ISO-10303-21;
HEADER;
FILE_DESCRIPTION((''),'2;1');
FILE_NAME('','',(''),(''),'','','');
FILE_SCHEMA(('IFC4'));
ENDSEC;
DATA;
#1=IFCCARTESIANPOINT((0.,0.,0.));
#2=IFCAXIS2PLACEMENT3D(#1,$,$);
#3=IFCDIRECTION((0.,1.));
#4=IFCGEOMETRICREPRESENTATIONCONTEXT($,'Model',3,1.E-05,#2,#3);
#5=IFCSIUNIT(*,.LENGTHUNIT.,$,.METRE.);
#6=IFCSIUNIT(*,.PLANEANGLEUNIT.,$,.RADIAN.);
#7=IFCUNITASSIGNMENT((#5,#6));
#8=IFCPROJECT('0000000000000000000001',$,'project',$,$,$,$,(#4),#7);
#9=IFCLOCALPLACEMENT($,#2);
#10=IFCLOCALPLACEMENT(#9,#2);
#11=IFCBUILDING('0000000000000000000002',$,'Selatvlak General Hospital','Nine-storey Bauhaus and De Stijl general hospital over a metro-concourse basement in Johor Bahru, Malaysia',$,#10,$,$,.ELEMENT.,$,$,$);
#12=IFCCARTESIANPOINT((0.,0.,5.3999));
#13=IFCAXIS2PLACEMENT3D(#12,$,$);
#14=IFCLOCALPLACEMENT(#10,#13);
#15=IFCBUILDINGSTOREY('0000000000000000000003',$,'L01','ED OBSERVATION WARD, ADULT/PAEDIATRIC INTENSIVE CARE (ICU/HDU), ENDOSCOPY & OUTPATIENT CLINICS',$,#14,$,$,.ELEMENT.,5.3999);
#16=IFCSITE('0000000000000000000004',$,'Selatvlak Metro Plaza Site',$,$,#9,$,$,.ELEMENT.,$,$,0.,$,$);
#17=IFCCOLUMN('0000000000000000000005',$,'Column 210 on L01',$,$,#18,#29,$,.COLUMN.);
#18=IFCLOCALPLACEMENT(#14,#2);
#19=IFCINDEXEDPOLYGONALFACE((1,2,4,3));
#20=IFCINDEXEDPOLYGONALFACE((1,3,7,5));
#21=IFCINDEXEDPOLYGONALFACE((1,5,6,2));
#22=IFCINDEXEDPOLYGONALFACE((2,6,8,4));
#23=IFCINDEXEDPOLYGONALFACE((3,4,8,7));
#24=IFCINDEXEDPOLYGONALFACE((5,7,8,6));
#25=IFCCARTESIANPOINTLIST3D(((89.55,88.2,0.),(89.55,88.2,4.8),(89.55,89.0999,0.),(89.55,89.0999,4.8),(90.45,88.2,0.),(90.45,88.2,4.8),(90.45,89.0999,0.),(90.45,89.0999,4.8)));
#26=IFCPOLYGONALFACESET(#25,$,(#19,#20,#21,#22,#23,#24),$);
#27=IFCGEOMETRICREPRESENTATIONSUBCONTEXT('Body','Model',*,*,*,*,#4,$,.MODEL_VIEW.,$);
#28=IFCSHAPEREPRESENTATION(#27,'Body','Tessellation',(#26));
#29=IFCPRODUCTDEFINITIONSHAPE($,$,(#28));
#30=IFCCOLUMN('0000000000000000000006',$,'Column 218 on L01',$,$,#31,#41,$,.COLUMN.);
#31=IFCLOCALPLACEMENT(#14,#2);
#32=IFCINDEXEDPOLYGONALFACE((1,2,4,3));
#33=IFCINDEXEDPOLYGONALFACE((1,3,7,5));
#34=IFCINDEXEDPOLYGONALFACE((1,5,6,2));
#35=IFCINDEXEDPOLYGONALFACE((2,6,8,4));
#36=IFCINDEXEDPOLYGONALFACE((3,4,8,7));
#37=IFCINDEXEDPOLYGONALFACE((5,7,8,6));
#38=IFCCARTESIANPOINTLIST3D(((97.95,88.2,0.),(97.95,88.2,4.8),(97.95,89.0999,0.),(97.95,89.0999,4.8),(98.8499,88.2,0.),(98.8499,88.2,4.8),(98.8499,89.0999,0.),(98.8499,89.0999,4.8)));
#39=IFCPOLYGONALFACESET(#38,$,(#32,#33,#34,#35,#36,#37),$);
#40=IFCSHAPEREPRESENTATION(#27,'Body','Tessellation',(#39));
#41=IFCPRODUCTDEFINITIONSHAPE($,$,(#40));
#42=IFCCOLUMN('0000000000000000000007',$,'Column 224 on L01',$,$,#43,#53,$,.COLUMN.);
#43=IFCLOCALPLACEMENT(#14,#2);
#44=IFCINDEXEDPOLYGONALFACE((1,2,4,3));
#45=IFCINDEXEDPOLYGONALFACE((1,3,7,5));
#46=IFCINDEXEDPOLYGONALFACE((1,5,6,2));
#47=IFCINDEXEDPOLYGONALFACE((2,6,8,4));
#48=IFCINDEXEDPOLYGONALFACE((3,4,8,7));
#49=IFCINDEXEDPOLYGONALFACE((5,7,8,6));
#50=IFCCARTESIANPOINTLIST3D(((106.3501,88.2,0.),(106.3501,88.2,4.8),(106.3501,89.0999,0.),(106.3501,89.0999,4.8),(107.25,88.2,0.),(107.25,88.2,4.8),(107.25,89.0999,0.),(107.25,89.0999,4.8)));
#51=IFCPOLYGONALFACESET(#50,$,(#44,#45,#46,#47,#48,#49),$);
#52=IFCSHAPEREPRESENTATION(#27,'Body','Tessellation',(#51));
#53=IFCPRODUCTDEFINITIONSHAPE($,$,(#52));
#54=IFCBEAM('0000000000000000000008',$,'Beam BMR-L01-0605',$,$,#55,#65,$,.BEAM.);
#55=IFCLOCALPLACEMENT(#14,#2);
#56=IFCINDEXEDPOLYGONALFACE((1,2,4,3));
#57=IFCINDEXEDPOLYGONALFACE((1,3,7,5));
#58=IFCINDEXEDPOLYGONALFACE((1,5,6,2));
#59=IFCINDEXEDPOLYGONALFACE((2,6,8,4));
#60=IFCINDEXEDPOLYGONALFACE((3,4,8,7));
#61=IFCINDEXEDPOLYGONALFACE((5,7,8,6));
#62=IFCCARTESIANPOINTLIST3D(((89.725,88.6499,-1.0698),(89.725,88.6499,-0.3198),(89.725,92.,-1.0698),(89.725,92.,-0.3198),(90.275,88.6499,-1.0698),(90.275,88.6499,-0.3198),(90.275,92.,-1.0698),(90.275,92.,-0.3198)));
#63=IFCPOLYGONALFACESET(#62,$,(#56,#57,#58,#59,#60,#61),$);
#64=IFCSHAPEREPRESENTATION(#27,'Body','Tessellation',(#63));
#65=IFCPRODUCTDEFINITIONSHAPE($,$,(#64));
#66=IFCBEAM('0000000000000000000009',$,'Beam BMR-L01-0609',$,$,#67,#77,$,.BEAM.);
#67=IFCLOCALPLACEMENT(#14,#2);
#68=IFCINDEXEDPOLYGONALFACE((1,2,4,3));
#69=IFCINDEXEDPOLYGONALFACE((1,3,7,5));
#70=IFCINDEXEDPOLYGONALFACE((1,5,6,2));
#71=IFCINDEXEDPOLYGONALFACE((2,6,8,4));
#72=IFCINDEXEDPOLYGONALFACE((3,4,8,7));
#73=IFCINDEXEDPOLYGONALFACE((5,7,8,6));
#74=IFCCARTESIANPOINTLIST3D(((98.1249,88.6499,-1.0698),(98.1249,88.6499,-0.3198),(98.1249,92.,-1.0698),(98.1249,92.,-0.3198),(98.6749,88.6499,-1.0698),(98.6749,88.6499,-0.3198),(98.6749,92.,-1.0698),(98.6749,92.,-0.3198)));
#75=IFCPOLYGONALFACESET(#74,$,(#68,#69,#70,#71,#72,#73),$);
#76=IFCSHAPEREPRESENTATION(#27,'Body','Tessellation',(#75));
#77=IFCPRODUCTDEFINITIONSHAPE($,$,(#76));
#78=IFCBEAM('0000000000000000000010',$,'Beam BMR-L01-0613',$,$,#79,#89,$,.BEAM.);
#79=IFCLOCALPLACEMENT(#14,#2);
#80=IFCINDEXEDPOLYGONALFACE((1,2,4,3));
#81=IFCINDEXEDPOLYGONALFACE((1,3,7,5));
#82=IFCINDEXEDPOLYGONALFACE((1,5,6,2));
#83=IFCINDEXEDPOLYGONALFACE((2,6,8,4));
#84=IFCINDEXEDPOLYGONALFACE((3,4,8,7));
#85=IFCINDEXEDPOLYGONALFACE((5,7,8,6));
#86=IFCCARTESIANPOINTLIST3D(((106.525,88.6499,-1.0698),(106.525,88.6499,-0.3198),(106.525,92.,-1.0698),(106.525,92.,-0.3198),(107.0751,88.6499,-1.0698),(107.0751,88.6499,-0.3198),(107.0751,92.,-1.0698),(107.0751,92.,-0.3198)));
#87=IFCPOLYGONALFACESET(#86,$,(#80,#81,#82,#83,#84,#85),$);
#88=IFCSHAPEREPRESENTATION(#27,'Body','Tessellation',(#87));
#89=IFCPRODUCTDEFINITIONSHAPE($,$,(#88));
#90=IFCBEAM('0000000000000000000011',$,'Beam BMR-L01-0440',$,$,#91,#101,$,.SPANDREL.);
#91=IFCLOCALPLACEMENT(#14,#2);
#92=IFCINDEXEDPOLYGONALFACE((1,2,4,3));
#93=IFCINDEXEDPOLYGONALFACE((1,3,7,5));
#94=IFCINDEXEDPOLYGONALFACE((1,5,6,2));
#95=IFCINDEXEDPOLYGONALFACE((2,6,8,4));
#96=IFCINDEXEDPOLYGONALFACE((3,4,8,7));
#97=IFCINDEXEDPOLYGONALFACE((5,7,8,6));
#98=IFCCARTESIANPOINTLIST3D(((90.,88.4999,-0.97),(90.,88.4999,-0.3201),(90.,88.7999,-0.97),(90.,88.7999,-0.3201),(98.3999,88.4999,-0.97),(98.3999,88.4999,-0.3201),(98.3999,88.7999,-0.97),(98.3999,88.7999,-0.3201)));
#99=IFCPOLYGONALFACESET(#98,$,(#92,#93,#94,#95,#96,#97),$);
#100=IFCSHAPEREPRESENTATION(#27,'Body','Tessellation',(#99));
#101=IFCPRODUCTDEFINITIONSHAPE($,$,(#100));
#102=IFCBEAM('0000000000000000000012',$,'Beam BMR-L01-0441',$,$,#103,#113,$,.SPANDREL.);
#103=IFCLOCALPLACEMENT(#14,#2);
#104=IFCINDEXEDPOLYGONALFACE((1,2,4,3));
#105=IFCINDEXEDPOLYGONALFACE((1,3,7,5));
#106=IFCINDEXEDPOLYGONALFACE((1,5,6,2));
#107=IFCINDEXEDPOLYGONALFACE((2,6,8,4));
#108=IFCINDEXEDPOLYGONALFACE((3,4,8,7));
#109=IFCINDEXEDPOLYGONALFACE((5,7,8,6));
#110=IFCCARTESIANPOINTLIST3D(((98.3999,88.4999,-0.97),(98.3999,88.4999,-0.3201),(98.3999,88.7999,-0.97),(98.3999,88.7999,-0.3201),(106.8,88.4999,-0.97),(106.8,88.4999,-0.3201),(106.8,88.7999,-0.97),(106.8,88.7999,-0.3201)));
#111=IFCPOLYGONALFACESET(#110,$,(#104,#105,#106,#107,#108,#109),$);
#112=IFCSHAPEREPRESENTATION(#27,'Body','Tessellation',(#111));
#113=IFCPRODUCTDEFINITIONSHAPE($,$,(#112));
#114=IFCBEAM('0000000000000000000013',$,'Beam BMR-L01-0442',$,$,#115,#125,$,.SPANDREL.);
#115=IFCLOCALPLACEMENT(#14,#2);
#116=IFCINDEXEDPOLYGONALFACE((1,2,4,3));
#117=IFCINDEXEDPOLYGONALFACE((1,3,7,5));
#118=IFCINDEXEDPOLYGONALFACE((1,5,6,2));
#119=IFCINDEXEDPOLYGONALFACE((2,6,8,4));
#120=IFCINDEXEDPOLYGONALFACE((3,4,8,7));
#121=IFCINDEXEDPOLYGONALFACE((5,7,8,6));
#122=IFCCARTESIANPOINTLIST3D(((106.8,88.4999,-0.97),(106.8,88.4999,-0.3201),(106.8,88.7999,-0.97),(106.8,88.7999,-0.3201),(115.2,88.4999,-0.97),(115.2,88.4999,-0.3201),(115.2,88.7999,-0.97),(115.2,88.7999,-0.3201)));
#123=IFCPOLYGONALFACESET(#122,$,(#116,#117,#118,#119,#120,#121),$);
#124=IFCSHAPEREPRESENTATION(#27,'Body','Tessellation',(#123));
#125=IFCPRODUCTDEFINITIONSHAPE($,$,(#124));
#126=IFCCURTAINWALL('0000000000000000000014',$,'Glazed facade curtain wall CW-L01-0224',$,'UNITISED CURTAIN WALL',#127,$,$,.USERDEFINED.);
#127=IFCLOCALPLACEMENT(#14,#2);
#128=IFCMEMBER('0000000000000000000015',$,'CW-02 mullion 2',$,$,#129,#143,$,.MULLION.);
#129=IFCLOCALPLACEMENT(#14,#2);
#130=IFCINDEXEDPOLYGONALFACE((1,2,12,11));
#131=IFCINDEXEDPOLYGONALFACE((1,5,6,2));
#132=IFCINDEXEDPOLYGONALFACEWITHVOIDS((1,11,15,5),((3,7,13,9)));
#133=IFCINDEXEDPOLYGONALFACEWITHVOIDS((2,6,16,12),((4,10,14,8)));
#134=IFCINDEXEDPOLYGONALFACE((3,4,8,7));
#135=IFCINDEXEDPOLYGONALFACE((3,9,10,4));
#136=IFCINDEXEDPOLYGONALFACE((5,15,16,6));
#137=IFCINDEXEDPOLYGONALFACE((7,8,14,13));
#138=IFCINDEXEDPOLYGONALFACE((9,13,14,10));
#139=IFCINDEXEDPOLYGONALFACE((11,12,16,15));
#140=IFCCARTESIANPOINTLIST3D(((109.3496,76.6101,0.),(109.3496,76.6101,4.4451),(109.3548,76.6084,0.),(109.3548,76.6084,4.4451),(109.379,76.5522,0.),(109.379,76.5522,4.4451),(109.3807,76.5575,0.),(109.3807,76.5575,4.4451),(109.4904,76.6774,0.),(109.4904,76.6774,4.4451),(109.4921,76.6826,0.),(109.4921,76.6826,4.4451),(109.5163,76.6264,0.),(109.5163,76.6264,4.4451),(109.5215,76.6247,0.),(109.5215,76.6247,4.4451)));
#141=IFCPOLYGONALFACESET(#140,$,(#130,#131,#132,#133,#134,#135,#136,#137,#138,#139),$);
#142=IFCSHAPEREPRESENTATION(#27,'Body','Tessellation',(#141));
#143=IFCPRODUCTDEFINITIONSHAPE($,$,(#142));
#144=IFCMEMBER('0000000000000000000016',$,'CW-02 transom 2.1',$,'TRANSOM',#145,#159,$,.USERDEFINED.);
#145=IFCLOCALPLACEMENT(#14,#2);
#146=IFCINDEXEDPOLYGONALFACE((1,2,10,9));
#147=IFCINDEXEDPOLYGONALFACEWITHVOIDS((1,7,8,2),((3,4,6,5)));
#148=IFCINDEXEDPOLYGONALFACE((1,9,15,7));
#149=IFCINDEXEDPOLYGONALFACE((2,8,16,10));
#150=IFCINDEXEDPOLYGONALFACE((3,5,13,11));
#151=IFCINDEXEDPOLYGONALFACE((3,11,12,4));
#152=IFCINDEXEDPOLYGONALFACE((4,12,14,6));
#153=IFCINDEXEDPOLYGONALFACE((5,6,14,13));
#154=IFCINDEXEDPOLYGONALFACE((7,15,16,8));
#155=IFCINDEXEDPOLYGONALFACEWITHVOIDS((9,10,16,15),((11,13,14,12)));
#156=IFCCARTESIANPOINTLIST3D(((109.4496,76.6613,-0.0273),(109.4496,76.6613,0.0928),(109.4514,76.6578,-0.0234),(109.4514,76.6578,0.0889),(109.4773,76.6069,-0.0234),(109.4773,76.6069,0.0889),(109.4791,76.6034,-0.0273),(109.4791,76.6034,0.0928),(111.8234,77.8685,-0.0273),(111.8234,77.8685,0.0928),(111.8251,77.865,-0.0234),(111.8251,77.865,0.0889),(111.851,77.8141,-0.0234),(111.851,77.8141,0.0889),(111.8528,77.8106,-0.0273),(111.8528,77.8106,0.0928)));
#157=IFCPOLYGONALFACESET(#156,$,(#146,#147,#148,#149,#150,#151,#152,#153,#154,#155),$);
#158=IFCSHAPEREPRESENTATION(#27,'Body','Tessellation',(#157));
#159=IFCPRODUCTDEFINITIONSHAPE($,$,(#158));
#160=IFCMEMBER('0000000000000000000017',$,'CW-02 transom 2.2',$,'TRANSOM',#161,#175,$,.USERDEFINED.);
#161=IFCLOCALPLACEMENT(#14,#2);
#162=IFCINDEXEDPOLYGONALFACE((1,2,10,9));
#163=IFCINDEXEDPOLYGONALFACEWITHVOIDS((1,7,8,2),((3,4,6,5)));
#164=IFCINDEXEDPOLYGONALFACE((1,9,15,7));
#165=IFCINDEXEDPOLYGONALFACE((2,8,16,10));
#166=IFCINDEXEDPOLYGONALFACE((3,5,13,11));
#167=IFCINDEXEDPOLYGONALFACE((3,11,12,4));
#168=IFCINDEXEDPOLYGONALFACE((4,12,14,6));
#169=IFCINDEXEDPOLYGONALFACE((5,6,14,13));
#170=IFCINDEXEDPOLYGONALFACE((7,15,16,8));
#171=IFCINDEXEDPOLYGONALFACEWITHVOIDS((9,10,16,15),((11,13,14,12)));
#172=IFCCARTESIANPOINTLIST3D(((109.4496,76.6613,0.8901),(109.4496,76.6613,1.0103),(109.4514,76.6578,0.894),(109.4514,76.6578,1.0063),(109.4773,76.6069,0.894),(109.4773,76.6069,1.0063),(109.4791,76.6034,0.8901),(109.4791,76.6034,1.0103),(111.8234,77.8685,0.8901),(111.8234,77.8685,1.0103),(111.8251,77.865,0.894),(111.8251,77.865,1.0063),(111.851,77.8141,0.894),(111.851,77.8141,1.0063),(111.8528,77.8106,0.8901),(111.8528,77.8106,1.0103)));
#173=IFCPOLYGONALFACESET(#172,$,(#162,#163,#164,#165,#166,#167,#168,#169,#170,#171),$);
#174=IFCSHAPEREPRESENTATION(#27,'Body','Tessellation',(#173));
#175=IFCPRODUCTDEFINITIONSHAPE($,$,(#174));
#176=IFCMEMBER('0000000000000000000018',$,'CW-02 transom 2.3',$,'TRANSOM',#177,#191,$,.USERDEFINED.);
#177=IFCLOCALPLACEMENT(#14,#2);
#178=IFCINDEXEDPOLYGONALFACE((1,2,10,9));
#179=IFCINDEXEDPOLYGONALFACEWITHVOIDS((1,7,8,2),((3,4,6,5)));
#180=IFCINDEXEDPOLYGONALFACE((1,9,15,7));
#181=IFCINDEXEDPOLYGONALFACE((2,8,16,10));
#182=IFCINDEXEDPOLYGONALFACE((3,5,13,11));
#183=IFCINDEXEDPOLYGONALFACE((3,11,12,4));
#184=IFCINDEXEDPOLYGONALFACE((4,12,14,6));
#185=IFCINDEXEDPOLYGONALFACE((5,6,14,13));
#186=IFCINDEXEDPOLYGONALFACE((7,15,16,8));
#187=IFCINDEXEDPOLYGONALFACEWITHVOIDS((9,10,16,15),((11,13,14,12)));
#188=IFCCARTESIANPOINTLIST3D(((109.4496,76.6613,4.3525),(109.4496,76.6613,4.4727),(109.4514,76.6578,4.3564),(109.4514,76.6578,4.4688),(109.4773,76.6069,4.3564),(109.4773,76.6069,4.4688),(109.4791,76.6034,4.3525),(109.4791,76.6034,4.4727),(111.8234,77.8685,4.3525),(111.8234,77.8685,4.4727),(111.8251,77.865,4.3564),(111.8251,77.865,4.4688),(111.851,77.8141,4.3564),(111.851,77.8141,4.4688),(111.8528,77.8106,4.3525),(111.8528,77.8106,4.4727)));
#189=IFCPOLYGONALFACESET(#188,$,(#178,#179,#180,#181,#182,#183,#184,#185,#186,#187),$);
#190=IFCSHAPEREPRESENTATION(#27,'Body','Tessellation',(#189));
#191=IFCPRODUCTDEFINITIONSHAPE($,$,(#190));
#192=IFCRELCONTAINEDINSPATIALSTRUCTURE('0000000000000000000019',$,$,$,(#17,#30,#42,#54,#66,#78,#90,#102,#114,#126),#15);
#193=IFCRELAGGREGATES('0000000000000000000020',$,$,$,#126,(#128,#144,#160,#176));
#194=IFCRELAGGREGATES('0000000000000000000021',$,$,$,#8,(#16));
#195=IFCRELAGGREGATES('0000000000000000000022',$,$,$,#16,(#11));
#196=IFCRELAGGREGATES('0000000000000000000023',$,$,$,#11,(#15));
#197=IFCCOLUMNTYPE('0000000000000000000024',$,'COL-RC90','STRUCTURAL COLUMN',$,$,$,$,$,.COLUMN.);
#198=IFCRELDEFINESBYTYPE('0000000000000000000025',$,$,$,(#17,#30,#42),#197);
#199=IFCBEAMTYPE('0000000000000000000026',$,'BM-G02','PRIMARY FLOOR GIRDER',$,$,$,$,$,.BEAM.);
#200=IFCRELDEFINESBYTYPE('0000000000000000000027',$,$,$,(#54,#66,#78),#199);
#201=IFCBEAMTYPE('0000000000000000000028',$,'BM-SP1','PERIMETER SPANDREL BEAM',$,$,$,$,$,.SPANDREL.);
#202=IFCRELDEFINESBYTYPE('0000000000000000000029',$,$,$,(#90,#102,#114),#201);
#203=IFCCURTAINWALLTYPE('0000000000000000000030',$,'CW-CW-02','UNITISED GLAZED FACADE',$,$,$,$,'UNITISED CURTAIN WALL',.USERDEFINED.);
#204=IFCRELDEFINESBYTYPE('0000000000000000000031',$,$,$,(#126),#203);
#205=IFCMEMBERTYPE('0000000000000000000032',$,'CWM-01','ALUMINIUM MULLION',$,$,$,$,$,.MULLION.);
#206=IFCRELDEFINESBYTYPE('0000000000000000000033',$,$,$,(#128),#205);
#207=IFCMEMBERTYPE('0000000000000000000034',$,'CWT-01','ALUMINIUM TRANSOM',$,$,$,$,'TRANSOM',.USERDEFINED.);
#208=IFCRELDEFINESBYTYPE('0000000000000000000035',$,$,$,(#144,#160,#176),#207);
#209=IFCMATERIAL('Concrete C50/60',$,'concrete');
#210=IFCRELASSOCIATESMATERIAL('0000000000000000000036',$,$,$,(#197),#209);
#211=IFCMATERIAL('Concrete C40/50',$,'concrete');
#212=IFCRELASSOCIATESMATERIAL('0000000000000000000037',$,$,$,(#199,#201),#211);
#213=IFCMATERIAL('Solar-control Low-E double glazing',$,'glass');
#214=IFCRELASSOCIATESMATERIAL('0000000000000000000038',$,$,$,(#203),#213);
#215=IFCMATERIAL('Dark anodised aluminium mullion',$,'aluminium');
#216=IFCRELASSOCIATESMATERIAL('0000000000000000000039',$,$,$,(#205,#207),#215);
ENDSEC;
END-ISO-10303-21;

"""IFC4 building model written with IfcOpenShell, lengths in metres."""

from ifc_helpers import new_model, si_unit, direction, frame, origin, origin_2d, place, context, subcontext, project, spatial, rectangle, hollow_rectangle, extrude, material, material_profile, profile_set, type_object, element, aggregate, save


model = new_model("IFC4")

# Units and contexts
model_context = context("Model", 3, precision=1e-05, world=origin(), true_north=direction((0.0, 1.0)))
body_context = subcontext(model_context, "Body", "Model", "MODEL_VIEW")
ifc_project = project(units=[si_unit("LENGTHUNIT", "METRE"), si_unit("PLANEANGLEUNIT", "RADIAN")], contexts=[model_context])

# Site, building, storey
site_placement = place(None, origin())
site = spatial("IfcSite", under=ifc_project, at=site_placement, Name="Selatvlak Metro Plaza Site", CompositionType="ELEMENT", RefElevation=0.0)
building_placement = place(site_placement, origin())
building = spatial("IfcBuilding", under=site, at=building_placement, Name="Selatvlak General Hospital", Description="Nine-storey Bauhaus and De Stijl general hospital over a metro-concourse basement in Johor Bahru, Malaysia", CompositionType="ELEMENT")
storey_placement = place(building_placement, frame((0.0, 0.0, 5.3999)))
storey = spatial("IfcBuildingStorey", under=building, at=storey_placement, Name="L01", Description="ED OBSERVATION WARD, ADULT/PAEDIATRIC INTENSIVE CARE (ICU/HDU), ENDOSCOPY & OUTPATIENT CLINICS", CompositionType="ELEMENT", Elevation=5.3999)

# Columns
ifc_material_1 = material(Name="Concrete C50/60", Category="concrete")
ifc_material_profile_1 = material_profile(ifc_material_1, rectangle(XDim=0.8999, YDim=0.8999, at=origin_2d()), Name="RC-COL 900x900")
ifc_profile_set_1 = profile_set([ifc_material_profile_1], Name="Concrete C50/60")
column_type = type_object("IfcColumnType", Name="COL-RC90", Description="STRUCTURAL COLUMN", PredefinedType="COLUMN", material=ifc_profile_set_1)
for number, where, z_axis, x_axis, name in (
    (1, (90.0, 88.6499, 0.0), (0.0, 0.0, 1.0), (1.0, 0.0, 0.0), "Column 210 on L01"),
    (2, (98.3999, 88.6499, 0.0), (0.0, 0.0, 1.0), (1.0, 0.0, 0.0), "Column 218 on L01"),
    (3, (106.8, 88.6499, 0.0), (0.0, 0.0, 1.0), (1.0, 0.0, 0.0), "Column 224 on L01"),
):
    element("IfcColumn", number, at=place(storey_placement, frame(where, z_axis=z_axis, x_axis=x_axis)), inside=storey, type_object=column_type, Name=name, PredefinedType="COLUMN", context=body_context, shape_type="SweptSolid", body=[
        extrude(rectangle(XDim=0.8999, YDim=0.8999, at=origin_2d()), origin(), (0.0, 0.0, 1.0), 4.8),
    ])

# Beams
ifc_material_2 = material(Name="Concrete C40/50", Category="concrete")
ifc_material_profile_2 = material_profile(ifc_material_2, rectangle(XDim=0.55, YDim=0.75, at=origin_2d()), Name="RC-BM 550x750")
ifc_profile_set_2 = profile_set([ifc_material_profile_2], Name="Concrete C40/50")
beam_type_1 = type_object("IfcBeamType", Name="BM-G02", Description="PRIMARY FLOOR GIRDER", PredefinedType="BEAM", material=ifc_profile_set_2)
for number, where, z_axis, x_axis, name in (
    (4, (90.0, 88.6499, -0.6948), (0.0, 1.0, 0.0), (-1.0, 0.0, 0.0), "Beam BMR-L01-0605"),
    (5, (98.3999, 88.6499, -0.6948), (0.0, 1.0, 0.0), (-1.0, 0.0, 0.0), "Beam BMR-L01-0609"),
    (6, (106.8, 88.6499, -0.6948), (0.0, 1.0, 0.0), (-1.0, 0.0, 0.0), "Beam BMR-L01-0613"),
):
    element("IfcBeam", number, at=place(storey_placement, frame(where, z_axis=z_axis, x_axis=x_axis)), inside=storey, type_object=beam_type_1, Name=name, PredefinedType="BEAM", context=body_context, shape_type="SweptSolid", body=[
        extrude(rectangle(XDim=0.55, YDim=0.75, at=origin_2d()), origin(), (0.0, 0.0, 1.0), 3.3501),
    ])
ifc_material_profile_3 = material_profile(ifc_material_2, rectangle(XDim=0.3, YDim=0.6499, at=origin_2d()), Name="RC-SP 300x650")
ifc_profile_set_3 = profile_set([ifc_material_profile_3], Name="Concrete C40/50")
beam_type_2 = type_object("IfcBeamType", Name="BM-SP1", Description="PERIMETER SPANDREL BEAM", PredefinedType="SPANDREL", material=ifc_profile_set_3)
beam_1_placement = place(storey_placement, frame((90.0, 88.6499, -0.645), z_axis=(1.0, 0.0, 0.0), x_axis=(0.0, 1.0, 0.0)))
element("IfcBeam", 7, at=beam_1_placement, inside=storey, type_object=beam_type_2, Name="Beam BMR-L01-0440", PredefinedType="SPANDREL", context=body_context, shape_type="SweptSolid", body=[
    extrude(rectangle(XDim=0.3, YDim=0.6499, at=origin_2d()), origin(), (0.0, 0.0, 1.0), 8.3999),
])
beam_2_placement = place(storey_placement, frame((98.3999, 88.6499, -0.645), z_axis=(1.0, 0.0, 0.0), x_axis=(0.0, 1.0, 0.0)))
element("IfcBeam", 8, at=beam_2_placement, inside=storey, type_object=beam_type_2, Name="Beam BMR-L01-0441", PredefinedType="SPANDREL", context=body_context, shape_type="SweptSolid", body=[
    extrude(rectangle(XDim=0.3, YDim=0.6499, at=origin_2d()), origin(), (0.0, 0.0, 1.0), 8.4001),
])
beam_3_placement = place(storey_placement, frame((106.8, 88.6499, -0.645), z_axis=(1.0, 0.0, 0.0), x_axis=(0.0, 1.0, 0.0)))
element("IfcBeam", 9, at=beam_3_placement, inside=storey, type_object=beam_type_2, Name="Beam BMR-L01-0442", PredefinedType="SPANDREL", context=body_context, shape_type="SweptSolid", body=[
    extrude(rectangle(XDim=0.3, YDim=0.6499, at=origin_2d()), origin(), (0.0, 0.0, 1.0), 8.3999),
])

# Curtain wall, members
ifc_material_3 = material(Name="Solar-control Low-E double glazing", Category="glass")
curtain_wall_type = type_object("IfcCurtainWallType", Name="CW-CW-02", Description="UNITISED GLAZED FACADE", ElementType="UNITISED CURTAIN WALL", PredefinedType="USERDEFINED", material=ifc_material_3)
curtain_wall_placement = place(storey_placement, origin())
curtain_wall = element("IfcCurtainWall", 10, at=curtain_wall_placement, inside=storey, type_object=curtain_wall_type, Name="Glazed facade curtain wall CW-L01-0224", ObjectType="UNITISED CURTAIN WALL", PredefinedType="USERDEFINED")
ifc_material_4 = material(Name="Dark anodised aluminium mullion", Category="aluminium")
ifc_material_profile_4 = material_profile(ifc_material_4, hollow_rectangle(XDim=0.0649, YDim=0.1599, WallThickness=0.0039, at=origin_2d()), Name="AL-MUL 65x160x4")
ifc_profile_set_4 = profile_set([ifc_material_profile_4], Name="Dark anodised aluminium mullion")
member_type_1 = type_object("IfcMemberType", Name="CWM-01", Description="ALUMINIUM MULLION", PredefinedType="MULLION", material=ifc_profile_set_4)
member_1_placement = place(storey_placement, frame((109.4355, 76.6174, 0.0), z_axis=(0.0, 0.0, 1.0), x_axis=(-0.453361, 0.891327, 0.0)))
member_1 = element("IfcMember", 11, at=member_1_placement, type_object=member_type_1, Name="CW-02 mullion 2", PredefinedType="MULLION", context=body_context, shape_type="SweptSolid", body=[
    extrude(hollow_rectangle(XDim=0.0649, YDim=0.1599, WallThickness=0.0039, at=origin_2d()), origin(), (0.0, 0.0, 1.0), 4.4451),
])
ifc_material_profile_5 = material_profile(ifc_material_4, hollow_rectangle(XDim=0.0649, YDim=0.1201, WallThickness=0.0039, at=origin_2d()), Name="AL-TRN 65x120x4")
ifc_profile_set_5 = profile_set([ifc_material_profile_5], Name="Dark anodised aluminium mullion")
member_type_2 = type_object("IfcMemberType", Name="CWT-01", Description="ALUMINIUM TRANSOM", ElementType="TRANSOM", PredefinedType="USERDEFINED", material=ifc_profile_set_5)
member_2_placement = place(storey_placement, frame((109.4644, 76.6323, 0.0327), z_axis=(0.891344, 0.453327, 0.0), x_axis=(-0.453327, 0.891344, 0.0)))
member_2 = element("IfcMember", 12, at=member_2_placement, type_object=member_type_2, Name="CW-02 transom 2.1", ObjectType="TRANSOM", PredefinedType="USERDEFINED", context=body_context, shape_type="SweptSolid", body=[
    extrude(hollow_rectangle(XDim=0.0649, YDim=0.1201, WallThickness=0.0039, at=origin_2d()), origin(), (0.0, 0.0, 1.0), 2.6631),
])
member_3_placement = place(storey_placement, frame((109.4644, 76.6323, 0.9502), z_axis=(0.891344, 0.453327, 0.0), x_axis=(-0.453327, 0.891344, 0.0)))
member_3 = element("IfcMember", 13, at=member_3_placement, type_object=member_type_2, Name="CW-02 transom 2.2", ObjectType="TRANSOM", PredefinedType="USERDEFINED", context=body_context, shape_type="SweptSolid", body=[
    extrude(hollow_rectangle(XDim=0.0649, YDim=0.1201, WallThickness=0.0039, at=origin_2d()), origin(), (0.0, 0.0, 1.0), 2.6631),
])
member_4_placement = place(storey_placement, frame((109.4644, 76.6323, 4.4126), z_axis=(0.891344, 0.453327, 0.0), x_axis=(-0.453327, 0.891344, 0.0)))
member_4 = element("IfcMember", 14, at=member_4_placement, type_object=member_type_2, Name="CW-02 transom 2.3", ObjectType="TRANSOM", PredefinedType="USERDEFINED", context=body_context, shape_type="SweptSolid", body=[
    extrude(hollow_rectangle(XDim=0.0649, YDim=0.1201, WallThickness=0.0039, at=origin_2d()), origin(), (0.0, 0.0, 1.0), 2.6631),
])
aggregate(curtain_wall, [member_1, member_2, member_3, member_4])

save(model, "model.ifc")
